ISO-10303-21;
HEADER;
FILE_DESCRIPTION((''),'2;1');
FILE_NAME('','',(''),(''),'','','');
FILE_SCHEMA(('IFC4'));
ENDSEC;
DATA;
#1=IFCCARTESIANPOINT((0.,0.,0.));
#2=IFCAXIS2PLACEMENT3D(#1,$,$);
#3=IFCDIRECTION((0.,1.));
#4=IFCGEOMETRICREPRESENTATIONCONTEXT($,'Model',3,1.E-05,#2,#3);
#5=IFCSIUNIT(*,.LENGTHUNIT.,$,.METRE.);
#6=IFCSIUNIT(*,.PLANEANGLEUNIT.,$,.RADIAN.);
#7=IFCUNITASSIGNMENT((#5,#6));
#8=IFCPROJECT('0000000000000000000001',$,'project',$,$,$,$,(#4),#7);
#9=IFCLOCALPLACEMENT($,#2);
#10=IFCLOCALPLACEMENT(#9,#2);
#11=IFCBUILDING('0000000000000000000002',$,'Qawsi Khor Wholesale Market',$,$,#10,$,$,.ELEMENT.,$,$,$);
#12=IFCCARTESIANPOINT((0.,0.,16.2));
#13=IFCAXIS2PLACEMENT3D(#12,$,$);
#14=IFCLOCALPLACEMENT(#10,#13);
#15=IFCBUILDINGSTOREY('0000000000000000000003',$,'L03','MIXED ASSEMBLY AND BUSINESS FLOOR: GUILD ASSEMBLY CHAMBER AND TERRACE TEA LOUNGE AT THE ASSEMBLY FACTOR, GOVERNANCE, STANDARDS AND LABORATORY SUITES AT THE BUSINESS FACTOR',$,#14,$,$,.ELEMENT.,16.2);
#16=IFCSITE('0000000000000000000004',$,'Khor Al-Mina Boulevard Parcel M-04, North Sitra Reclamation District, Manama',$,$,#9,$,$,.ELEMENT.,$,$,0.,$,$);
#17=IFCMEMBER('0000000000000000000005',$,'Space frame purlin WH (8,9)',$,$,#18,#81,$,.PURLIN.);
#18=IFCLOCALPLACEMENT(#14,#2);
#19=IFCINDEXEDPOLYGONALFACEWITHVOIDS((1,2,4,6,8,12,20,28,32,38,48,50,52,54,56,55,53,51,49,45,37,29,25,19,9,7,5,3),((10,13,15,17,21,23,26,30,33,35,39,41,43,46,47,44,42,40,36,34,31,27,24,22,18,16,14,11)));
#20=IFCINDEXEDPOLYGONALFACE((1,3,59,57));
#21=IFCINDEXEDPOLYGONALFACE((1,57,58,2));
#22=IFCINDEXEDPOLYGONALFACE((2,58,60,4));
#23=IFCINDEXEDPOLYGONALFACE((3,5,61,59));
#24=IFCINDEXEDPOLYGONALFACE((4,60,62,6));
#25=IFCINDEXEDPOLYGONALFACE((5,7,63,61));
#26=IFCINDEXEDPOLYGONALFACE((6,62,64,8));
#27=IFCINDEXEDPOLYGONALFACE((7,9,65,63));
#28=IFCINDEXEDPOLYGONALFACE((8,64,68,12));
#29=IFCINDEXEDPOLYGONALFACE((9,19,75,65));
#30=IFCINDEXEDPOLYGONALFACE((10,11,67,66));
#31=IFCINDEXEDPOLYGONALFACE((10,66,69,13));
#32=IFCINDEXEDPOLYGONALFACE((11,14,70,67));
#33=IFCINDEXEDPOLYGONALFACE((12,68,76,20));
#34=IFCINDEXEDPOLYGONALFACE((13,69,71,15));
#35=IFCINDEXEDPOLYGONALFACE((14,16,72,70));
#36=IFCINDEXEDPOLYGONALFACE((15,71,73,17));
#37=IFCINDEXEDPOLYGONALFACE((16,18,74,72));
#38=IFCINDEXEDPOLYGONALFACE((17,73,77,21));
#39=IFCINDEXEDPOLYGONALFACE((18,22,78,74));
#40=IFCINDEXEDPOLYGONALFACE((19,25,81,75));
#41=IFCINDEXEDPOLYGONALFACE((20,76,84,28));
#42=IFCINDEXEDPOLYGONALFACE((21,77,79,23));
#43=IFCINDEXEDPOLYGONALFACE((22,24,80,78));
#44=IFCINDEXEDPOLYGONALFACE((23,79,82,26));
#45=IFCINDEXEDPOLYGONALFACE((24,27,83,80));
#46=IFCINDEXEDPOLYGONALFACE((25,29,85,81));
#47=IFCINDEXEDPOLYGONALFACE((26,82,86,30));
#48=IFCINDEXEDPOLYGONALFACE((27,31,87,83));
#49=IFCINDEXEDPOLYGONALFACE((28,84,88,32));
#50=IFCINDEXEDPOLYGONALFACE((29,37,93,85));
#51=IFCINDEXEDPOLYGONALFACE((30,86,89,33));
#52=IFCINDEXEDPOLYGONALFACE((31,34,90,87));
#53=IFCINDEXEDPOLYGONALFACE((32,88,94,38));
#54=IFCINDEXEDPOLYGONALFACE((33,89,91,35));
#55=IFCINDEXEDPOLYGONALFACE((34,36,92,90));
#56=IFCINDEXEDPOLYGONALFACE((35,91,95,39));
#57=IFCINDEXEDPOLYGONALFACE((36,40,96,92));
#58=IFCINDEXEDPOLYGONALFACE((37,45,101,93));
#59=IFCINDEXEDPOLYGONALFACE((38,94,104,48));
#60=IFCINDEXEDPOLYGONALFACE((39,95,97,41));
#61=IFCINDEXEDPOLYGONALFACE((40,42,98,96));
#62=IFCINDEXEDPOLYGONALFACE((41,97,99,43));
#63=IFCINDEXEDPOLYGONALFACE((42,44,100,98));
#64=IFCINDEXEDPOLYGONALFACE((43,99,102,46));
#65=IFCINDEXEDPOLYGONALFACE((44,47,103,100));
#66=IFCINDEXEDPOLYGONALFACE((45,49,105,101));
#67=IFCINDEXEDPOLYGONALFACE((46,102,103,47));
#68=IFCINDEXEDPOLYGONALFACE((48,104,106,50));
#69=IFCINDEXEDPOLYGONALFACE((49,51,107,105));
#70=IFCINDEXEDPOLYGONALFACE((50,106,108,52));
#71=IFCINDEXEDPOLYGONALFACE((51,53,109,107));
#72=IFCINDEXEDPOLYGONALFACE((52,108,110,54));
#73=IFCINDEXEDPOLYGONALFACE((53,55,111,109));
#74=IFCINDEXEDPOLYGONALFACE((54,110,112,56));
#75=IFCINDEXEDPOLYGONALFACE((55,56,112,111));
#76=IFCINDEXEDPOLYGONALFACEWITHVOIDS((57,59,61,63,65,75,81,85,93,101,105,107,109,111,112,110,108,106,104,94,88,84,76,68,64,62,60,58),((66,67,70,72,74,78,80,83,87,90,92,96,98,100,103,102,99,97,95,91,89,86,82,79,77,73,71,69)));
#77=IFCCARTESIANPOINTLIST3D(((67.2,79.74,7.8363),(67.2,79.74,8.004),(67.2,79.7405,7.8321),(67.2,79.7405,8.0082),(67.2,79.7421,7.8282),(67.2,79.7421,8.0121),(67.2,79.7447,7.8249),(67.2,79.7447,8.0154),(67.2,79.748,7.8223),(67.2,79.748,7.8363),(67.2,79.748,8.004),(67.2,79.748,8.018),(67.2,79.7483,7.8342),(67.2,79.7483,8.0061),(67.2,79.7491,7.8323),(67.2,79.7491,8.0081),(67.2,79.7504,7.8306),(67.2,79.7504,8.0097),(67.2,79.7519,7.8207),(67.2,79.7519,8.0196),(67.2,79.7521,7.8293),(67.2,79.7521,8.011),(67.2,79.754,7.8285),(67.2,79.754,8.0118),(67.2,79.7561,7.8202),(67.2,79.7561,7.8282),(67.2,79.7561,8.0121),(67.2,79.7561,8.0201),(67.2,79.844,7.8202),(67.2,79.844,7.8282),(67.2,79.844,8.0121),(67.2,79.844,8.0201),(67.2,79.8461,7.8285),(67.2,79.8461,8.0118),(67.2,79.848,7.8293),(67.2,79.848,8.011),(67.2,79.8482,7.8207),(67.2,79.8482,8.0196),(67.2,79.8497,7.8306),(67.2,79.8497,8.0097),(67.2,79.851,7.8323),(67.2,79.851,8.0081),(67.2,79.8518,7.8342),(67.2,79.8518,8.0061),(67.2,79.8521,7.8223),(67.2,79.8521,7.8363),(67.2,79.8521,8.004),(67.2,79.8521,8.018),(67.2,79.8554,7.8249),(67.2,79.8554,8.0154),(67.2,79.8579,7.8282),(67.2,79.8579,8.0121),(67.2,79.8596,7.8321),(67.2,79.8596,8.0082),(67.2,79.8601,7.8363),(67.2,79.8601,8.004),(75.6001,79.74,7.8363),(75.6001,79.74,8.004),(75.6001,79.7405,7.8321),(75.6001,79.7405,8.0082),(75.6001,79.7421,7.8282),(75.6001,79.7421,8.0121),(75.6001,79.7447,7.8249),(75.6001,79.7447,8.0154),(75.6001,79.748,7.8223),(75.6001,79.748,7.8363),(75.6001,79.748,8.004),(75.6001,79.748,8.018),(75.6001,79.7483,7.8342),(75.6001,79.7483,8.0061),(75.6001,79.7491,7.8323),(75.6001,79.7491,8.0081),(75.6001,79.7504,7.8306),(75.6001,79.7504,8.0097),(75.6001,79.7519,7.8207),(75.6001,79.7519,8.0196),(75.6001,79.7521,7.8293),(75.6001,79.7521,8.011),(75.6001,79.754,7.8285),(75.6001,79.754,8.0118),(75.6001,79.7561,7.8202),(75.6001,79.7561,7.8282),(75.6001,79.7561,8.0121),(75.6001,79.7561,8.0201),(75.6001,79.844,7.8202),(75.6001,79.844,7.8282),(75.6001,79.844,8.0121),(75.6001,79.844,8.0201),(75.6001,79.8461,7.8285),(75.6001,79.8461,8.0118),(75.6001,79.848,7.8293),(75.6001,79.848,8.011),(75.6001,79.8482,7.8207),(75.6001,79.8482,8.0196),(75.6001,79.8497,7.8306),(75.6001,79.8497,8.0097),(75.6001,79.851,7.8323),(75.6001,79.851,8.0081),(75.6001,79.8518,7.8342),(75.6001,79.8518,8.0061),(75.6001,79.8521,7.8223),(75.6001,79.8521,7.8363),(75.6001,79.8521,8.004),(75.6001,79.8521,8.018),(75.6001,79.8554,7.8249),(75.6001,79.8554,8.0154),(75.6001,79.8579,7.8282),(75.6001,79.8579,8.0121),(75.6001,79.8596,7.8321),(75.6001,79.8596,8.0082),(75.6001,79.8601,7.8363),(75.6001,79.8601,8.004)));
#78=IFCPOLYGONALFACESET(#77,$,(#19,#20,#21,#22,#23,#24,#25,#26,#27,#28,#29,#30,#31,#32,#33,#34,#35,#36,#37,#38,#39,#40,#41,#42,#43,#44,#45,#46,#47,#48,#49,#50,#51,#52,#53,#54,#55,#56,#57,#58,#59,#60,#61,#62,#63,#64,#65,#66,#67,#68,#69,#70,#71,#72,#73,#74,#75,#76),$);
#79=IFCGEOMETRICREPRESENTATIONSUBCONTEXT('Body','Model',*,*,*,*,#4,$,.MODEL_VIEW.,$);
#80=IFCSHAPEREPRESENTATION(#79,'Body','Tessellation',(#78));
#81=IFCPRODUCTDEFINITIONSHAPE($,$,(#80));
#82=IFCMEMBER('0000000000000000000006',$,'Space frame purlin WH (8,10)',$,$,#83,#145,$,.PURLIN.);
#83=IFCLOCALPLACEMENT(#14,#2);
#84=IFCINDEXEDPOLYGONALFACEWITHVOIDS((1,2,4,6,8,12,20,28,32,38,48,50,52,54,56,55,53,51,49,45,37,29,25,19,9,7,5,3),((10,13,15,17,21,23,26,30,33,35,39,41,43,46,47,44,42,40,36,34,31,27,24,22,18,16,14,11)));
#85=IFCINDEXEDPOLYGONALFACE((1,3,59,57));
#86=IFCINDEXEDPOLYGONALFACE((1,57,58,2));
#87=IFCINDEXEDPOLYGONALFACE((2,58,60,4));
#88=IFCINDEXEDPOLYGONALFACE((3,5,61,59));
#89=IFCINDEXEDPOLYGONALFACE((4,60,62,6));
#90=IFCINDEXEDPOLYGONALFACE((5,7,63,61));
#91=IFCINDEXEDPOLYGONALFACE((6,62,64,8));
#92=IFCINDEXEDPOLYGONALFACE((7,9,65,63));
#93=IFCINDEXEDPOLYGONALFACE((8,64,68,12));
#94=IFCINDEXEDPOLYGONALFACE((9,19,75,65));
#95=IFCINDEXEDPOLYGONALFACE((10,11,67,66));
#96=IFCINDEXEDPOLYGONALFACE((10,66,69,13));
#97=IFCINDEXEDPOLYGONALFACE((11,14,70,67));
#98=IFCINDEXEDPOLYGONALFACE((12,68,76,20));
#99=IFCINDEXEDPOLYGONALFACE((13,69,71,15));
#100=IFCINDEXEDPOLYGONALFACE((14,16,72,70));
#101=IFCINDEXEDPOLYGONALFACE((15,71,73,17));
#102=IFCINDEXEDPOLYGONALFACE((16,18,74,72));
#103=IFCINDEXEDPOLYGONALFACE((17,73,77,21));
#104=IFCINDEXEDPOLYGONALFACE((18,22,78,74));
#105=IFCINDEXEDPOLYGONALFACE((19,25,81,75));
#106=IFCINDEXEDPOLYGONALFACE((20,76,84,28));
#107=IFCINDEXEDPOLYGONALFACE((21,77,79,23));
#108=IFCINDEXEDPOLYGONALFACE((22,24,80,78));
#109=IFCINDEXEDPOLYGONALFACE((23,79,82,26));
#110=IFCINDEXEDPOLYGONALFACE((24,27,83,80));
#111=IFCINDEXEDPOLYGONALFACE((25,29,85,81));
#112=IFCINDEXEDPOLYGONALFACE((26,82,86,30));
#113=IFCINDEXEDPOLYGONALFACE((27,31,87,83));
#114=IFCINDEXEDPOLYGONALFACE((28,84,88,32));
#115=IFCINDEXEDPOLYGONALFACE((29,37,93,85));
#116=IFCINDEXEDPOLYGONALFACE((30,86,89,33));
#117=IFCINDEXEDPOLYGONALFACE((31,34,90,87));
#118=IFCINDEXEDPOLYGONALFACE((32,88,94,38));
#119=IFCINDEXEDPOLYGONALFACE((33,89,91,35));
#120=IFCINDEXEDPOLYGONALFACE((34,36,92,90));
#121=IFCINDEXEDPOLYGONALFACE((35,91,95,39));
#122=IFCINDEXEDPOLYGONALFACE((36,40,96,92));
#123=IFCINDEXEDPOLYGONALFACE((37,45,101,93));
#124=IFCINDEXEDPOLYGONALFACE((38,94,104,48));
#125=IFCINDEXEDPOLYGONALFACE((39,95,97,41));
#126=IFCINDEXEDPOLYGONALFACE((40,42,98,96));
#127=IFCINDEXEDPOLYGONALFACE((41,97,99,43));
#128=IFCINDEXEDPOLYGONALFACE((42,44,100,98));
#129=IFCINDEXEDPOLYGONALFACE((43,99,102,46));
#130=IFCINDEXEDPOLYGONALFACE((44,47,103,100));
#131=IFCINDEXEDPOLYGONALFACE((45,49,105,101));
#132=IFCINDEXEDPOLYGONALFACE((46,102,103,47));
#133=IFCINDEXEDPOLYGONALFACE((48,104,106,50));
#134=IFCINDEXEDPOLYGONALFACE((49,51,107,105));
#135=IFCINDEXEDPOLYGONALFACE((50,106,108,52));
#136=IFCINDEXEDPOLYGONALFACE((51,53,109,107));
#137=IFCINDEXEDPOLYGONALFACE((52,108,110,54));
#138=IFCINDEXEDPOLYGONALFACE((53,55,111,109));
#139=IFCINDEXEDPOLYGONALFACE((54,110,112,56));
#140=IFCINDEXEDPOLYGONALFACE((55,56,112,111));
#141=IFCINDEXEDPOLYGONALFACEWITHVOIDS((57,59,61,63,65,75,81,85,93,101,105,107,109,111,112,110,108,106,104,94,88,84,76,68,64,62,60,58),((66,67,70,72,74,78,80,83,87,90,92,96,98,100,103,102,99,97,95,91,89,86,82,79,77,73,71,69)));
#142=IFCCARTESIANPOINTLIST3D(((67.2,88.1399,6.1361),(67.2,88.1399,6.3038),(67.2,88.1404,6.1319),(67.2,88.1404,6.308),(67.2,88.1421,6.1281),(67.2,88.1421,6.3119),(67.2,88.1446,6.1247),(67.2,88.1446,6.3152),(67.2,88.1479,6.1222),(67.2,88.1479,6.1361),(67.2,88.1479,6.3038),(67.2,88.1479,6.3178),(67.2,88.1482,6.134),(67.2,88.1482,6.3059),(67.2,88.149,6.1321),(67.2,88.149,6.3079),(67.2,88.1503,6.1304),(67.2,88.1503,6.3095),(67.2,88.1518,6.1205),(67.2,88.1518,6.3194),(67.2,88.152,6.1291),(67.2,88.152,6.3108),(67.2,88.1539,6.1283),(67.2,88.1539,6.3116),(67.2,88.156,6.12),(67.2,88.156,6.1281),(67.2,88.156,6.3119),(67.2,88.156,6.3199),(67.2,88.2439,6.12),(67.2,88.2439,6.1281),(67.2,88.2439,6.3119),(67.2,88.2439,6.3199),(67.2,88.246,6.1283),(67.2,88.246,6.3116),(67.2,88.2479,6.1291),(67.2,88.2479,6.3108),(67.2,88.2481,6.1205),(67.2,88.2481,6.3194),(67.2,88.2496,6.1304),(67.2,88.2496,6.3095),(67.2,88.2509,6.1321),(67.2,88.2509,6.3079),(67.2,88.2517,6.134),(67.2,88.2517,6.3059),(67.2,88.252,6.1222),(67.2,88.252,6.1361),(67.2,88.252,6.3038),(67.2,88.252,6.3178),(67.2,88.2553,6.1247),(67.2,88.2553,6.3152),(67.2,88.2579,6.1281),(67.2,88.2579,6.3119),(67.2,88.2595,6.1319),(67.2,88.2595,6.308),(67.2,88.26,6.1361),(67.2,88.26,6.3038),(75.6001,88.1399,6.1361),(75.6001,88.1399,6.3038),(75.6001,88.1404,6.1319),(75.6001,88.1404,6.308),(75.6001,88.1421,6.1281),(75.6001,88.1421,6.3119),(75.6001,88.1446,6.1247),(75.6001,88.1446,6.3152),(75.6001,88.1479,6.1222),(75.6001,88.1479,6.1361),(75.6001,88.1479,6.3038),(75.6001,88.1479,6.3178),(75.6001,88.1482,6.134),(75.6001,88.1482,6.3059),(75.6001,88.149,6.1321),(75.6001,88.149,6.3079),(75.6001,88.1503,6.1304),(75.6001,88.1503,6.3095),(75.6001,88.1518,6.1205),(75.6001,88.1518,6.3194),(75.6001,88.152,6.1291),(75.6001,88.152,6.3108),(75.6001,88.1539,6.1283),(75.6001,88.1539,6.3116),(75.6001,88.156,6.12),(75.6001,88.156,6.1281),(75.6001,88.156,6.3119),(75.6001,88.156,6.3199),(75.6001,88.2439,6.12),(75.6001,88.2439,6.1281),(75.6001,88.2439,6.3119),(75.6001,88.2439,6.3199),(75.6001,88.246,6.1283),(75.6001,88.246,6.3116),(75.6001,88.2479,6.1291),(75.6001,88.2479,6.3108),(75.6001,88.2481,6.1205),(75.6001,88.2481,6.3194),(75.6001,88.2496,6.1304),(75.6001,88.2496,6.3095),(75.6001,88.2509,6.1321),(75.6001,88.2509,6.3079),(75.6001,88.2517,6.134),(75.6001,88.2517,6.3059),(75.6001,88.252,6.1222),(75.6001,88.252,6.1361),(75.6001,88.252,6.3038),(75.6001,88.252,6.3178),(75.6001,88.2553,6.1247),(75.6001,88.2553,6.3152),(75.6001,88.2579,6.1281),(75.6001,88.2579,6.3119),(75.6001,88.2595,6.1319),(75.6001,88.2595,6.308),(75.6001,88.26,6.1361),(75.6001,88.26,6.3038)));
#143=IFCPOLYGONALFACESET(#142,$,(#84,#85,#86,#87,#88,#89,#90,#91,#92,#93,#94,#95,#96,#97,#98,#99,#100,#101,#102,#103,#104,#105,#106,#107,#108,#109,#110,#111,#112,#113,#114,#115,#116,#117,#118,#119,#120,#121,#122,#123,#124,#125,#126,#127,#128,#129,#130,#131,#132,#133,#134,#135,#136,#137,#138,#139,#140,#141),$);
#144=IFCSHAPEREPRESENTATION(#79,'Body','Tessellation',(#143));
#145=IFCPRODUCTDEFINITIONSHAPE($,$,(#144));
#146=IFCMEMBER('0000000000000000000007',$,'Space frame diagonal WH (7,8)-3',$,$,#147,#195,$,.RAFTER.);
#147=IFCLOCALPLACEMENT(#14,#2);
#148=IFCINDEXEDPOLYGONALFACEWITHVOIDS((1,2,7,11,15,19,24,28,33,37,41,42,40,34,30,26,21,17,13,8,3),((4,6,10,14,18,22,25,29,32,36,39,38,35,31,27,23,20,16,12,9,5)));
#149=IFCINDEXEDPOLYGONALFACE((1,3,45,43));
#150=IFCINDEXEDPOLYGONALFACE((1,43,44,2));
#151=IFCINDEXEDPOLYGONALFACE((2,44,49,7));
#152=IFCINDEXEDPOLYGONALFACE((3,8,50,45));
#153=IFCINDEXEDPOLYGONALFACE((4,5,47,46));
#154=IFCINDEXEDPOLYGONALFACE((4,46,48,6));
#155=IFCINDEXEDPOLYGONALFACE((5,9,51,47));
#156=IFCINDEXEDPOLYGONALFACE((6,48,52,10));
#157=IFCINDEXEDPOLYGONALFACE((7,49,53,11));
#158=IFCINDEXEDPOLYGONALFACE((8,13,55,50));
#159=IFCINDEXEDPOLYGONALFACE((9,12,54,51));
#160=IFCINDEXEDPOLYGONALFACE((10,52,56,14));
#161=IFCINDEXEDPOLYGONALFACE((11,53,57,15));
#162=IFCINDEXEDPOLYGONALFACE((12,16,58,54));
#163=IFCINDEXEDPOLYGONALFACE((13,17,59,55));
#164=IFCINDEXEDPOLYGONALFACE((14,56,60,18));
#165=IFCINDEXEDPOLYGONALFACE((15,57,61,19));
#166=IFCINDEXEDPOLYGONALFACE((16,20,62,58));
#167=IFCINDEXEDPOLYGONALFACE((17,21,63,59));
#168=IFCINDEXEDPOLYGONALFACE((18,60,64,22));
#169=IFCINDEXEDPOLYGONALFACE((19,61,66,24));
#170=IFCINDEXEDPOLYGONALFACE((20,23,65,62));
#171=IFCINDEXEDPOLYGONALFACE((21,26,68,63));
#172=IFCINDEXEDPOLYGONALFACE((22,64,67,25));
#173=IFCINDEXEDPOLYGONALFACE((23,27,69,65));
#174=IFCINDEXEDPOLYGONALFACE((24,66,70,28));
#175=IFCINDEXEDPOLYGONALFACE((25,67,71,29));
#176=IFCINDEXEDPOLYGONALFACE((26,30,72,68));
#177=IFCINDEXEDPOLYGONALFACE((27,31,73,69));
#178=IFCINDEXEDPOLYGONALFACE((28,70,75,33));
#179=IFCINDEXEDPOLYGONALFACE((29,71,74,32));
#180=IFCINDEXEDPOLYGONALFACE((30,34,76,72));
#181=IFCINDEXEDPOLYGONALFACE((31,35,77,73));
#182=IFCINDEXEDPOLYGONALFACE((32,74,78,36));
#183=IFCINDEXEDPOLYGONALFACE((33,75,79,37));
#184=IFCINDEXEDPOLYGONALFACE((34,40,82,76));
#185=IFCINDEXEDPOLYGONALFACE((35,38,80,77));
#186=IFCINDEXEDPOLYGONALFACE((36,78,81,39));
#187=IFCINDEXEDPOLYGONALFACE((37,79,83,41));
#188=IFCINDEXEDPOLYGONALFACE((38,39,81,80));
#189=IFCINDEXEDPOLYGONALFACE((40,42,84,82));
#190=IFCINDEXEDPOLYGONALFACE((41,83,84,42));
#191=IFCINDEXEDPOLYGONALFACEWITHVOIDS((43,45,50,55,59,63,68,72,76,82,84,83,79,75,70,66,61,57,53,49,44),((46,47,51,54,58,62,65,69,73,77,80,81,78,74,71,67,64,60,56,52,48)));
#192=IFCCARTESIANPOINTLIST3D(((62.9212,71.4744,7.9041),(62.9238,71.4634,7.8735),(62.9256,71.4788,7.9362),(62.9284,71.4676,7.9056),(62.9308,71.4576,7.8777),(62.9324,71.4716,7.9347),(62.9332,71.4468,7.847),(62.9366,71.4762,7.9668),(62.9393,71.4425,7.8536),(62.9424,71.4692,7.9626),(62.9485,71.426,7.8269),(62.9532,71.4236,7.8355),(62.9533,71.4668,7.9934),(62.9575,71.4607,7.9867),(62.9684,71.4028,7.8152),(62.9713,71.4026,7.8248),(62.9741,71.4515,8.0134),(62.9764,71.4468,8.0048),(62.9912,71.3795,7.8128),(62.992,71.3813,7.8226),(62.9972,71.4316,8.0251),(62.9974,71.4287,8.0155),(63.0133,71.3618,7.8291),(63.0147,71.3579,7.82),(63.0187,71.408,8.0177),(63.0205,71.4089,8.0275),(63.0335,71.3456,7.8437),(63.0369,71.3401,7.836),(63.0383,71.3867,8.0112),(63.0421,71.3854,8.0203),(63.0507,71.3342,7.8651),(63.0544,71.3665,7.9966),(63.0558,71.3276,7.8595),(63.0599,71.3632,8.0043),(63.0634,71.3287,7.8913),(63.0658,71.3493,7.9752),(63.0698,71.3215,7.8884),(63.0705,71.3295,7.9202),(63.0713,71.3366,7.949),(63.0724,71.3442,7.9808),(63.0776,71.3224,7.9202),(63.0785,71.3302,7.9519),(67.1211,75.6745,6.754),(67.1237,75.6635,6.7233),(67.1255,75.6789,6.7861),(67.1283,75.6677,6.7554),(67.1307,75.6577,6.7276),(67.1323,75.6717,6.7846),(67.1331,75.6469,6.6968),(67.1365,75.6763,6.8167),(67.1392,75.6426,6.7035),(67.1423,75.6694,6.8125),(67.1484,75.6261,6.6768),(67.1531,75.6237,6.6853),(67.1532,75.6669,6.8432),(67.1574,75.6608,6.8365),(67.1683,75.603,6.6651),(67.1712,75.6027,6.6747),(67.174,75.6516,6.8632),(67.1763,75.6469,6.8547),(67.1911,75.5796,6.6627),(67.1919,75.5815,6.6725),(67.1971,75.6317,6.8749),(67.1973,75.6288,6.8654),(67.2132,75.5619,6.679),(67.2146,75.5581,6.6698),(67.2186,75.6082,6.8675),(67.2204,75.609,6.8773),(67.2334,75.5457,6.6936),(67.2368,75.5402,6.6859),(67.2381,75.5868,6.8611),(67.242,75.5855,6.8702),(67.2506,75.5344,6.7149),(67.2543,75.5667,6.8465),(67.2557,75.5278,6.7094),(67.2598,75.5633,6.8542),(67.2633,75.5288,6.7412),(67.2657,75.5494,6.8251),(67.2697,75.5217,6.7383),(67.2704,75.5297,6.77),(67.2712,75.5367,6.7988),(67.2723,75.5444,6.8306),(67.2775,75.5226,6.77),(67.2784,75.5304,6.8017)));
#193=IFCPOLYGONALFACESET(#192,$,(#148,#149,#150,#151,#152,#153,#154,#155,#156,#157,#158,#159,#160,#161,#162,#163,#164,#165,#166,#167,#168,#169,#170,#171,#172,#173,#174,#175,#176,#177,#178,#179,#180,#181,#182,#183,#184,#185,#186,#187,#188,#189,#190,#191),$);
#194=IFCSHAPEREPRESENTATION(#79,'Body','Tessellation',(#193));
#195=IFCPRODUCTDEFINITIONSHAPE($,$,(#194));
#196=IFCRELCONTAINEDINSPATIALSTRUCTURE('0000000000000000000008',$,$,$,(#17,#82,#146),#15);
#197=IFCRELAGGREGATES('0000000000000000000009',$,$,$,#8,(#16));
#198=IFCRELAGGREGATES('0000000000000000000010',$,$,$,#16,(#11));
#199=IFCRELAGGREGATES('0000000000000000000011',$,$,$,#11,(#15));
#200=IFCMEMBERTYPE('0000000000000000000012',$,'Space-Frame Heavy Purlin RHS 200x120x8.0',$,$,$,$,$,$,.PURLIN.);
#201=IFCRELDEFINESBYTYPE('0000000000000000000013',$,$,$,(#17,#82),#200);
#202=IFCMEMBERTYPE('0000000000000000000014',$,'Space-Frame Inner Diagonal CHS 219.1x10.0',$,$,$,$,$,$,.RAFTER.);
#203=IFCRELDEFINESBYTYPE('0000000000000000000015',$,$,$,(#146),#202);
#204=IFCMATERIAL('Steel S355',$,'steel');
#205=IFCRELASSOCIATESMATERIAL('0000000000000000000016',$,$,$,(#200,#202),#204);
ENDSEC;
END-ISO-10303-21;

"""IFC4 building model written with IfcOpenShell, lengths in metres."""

from ifc_helpers import new_model, si_unit, direction, frame, origin, origin_2d, place, context, subcontext, project, spatial, hollow_rectangle, hollow_circle, extrude, material, material_profile, profile_set, type_object, element, save


model = new_model("IFC4")

# Units and contexts
model_context = context("Model", 3, precision=1e-05, world=origin(), true_north=direction((0.0, 1.0)))
body_context = subcontext(model_context, "Body", "Model", "MODEL_VIEW")
ifc_project = project(units=[si_unit("LENGTHUNIT", "METRE"), si_unit("PLANEANGLEUNIT", "RADIAN")], contexts=[model_context])

# Site, building, storey
site_placement = place(None, origin())
site = spatial("IfcSite", under=ifc_project, at=site_placement, Name="Khor Al-Mina Boulevard Parcel M-04, North Sitra Reclamation District, Manama", CompositionType="ELEMENT", RefElevation=0.0)
building_placement = place(site_placement, origin())
building = spatial("IfcBuilding", under=site, at=building_placement, Name="Qawsi Khor Wholesale Market", CompositionType="ELEMENT")
storey_placement = place(building_placement, frame((0.0, 0.0, 16.2)))
storey = spatial("IfcBuildingStorey", under=building, at=storey_placement, Name="L03", Description="MIXED ASSEMBLY AND BUSINESS FLOOR: GUILD ASSEMBLY CHAMBER AND TERRACE TEA LOUNGE AT THE ASSEMBLY FACTOR, GOVERNANCE, STANDARDS AND LABORATORY SUITES AT THE BUSINESS FACTOR", CompositionType="ELEMENT", Elevation=16.2)

# Members
ifc_material_1 = material(Name="Steel S355", Category="steel")
ifc_material_profile_1 = material_profile(ifc_material_1, hollow_rectangle(XDim=0.1201, YDim=0.2, WallThickness=0.0081, InnerFilletRadius=0.0081, OuterFilletRadius=0.0161, at=origin_2d()), Name="RHS 200x120x8.0")
ifc_profile_set_1 = profile_set([ifc_material_profile_1], Name="Steel S355")
member_type_1 = type_object("IfcMemberType", Name="Space-Frame Heavy Purlin RHS 200x120x8.0", PredefinedType="PURLIN", material=ifc_profile_set_1)
for number, where, z_axis, x_axis, name in (
    (1, (67.2, 79.8, 7.9202), (1.0, 0.0, 0.0), (0.0, 1.0, 0.0), "Space frame purlin WH (8,9)"),
    (2, (67.2, 88.2, 6.22), (1.0, 0.0, 0.0), (0.0, 1.0, 0.0), "Space frame purlin WH (8,10)"),
):
    element("IfcMember", number, at=place(storey_placement, frame(where, z_axis=z_axis, x_axis=x_axis)), inside=storey, type_object=member_type_1, Name=name, PredefinedType="PURLIN", context=body_context, shape_type="SweptSolid", body=[
        extrude(hollow_rectangle(XDim=0.1201, YDim=0.2, WallThickness=0.0081, InnerFilletRadius=0.0081, OuterFilletRadius=0.0161, at=origin_2d()), origin(), (0.0, 0.0, 1.0), 8.4001),
    ])
ifc_material_profile_2 = material_profile(ifc_material_1, hollow_circle(Radius=0.1096, WallThickness=0.01, at=origin_2d()), Name="CHS 219.1x10.0")
ifc_profile_set_2 = profile_set([ifc_material_profile_2], Name="Steel S355")
member_type_2 = type_object("IfcMemberType", Name="Space-Frame Inner Diagonal CHS 219.1x10.0", PredefinedType="RAFTER", material=ifc_profile_set_2)
for number, where, z_axis, x_axis, name in (
    (3, (67.2, 75.6001, 6.77), (-0.694192, -0.694232, 0.190103), (0.707127, -0.707086, 0.0), "Space frame diagonal WH (7,8)-3"),
):
    element("IfcMember", number, at=place(storey_placement, frame(where, z_axis=z_axis, x_axis=x_axis)), inside=storey, type_object=member_type_2, Name=name, PredefinedType="RAFTER", context=body_context, shape_type="SweptSolid", body=[
        extrude(hollow_circle(Radius=0.1096, WallThickness=0.01, at=origin_2d()), origin(), (0.0, 0.0, 1.0), 6.05),
    ])

save(model, "model.ifc")
